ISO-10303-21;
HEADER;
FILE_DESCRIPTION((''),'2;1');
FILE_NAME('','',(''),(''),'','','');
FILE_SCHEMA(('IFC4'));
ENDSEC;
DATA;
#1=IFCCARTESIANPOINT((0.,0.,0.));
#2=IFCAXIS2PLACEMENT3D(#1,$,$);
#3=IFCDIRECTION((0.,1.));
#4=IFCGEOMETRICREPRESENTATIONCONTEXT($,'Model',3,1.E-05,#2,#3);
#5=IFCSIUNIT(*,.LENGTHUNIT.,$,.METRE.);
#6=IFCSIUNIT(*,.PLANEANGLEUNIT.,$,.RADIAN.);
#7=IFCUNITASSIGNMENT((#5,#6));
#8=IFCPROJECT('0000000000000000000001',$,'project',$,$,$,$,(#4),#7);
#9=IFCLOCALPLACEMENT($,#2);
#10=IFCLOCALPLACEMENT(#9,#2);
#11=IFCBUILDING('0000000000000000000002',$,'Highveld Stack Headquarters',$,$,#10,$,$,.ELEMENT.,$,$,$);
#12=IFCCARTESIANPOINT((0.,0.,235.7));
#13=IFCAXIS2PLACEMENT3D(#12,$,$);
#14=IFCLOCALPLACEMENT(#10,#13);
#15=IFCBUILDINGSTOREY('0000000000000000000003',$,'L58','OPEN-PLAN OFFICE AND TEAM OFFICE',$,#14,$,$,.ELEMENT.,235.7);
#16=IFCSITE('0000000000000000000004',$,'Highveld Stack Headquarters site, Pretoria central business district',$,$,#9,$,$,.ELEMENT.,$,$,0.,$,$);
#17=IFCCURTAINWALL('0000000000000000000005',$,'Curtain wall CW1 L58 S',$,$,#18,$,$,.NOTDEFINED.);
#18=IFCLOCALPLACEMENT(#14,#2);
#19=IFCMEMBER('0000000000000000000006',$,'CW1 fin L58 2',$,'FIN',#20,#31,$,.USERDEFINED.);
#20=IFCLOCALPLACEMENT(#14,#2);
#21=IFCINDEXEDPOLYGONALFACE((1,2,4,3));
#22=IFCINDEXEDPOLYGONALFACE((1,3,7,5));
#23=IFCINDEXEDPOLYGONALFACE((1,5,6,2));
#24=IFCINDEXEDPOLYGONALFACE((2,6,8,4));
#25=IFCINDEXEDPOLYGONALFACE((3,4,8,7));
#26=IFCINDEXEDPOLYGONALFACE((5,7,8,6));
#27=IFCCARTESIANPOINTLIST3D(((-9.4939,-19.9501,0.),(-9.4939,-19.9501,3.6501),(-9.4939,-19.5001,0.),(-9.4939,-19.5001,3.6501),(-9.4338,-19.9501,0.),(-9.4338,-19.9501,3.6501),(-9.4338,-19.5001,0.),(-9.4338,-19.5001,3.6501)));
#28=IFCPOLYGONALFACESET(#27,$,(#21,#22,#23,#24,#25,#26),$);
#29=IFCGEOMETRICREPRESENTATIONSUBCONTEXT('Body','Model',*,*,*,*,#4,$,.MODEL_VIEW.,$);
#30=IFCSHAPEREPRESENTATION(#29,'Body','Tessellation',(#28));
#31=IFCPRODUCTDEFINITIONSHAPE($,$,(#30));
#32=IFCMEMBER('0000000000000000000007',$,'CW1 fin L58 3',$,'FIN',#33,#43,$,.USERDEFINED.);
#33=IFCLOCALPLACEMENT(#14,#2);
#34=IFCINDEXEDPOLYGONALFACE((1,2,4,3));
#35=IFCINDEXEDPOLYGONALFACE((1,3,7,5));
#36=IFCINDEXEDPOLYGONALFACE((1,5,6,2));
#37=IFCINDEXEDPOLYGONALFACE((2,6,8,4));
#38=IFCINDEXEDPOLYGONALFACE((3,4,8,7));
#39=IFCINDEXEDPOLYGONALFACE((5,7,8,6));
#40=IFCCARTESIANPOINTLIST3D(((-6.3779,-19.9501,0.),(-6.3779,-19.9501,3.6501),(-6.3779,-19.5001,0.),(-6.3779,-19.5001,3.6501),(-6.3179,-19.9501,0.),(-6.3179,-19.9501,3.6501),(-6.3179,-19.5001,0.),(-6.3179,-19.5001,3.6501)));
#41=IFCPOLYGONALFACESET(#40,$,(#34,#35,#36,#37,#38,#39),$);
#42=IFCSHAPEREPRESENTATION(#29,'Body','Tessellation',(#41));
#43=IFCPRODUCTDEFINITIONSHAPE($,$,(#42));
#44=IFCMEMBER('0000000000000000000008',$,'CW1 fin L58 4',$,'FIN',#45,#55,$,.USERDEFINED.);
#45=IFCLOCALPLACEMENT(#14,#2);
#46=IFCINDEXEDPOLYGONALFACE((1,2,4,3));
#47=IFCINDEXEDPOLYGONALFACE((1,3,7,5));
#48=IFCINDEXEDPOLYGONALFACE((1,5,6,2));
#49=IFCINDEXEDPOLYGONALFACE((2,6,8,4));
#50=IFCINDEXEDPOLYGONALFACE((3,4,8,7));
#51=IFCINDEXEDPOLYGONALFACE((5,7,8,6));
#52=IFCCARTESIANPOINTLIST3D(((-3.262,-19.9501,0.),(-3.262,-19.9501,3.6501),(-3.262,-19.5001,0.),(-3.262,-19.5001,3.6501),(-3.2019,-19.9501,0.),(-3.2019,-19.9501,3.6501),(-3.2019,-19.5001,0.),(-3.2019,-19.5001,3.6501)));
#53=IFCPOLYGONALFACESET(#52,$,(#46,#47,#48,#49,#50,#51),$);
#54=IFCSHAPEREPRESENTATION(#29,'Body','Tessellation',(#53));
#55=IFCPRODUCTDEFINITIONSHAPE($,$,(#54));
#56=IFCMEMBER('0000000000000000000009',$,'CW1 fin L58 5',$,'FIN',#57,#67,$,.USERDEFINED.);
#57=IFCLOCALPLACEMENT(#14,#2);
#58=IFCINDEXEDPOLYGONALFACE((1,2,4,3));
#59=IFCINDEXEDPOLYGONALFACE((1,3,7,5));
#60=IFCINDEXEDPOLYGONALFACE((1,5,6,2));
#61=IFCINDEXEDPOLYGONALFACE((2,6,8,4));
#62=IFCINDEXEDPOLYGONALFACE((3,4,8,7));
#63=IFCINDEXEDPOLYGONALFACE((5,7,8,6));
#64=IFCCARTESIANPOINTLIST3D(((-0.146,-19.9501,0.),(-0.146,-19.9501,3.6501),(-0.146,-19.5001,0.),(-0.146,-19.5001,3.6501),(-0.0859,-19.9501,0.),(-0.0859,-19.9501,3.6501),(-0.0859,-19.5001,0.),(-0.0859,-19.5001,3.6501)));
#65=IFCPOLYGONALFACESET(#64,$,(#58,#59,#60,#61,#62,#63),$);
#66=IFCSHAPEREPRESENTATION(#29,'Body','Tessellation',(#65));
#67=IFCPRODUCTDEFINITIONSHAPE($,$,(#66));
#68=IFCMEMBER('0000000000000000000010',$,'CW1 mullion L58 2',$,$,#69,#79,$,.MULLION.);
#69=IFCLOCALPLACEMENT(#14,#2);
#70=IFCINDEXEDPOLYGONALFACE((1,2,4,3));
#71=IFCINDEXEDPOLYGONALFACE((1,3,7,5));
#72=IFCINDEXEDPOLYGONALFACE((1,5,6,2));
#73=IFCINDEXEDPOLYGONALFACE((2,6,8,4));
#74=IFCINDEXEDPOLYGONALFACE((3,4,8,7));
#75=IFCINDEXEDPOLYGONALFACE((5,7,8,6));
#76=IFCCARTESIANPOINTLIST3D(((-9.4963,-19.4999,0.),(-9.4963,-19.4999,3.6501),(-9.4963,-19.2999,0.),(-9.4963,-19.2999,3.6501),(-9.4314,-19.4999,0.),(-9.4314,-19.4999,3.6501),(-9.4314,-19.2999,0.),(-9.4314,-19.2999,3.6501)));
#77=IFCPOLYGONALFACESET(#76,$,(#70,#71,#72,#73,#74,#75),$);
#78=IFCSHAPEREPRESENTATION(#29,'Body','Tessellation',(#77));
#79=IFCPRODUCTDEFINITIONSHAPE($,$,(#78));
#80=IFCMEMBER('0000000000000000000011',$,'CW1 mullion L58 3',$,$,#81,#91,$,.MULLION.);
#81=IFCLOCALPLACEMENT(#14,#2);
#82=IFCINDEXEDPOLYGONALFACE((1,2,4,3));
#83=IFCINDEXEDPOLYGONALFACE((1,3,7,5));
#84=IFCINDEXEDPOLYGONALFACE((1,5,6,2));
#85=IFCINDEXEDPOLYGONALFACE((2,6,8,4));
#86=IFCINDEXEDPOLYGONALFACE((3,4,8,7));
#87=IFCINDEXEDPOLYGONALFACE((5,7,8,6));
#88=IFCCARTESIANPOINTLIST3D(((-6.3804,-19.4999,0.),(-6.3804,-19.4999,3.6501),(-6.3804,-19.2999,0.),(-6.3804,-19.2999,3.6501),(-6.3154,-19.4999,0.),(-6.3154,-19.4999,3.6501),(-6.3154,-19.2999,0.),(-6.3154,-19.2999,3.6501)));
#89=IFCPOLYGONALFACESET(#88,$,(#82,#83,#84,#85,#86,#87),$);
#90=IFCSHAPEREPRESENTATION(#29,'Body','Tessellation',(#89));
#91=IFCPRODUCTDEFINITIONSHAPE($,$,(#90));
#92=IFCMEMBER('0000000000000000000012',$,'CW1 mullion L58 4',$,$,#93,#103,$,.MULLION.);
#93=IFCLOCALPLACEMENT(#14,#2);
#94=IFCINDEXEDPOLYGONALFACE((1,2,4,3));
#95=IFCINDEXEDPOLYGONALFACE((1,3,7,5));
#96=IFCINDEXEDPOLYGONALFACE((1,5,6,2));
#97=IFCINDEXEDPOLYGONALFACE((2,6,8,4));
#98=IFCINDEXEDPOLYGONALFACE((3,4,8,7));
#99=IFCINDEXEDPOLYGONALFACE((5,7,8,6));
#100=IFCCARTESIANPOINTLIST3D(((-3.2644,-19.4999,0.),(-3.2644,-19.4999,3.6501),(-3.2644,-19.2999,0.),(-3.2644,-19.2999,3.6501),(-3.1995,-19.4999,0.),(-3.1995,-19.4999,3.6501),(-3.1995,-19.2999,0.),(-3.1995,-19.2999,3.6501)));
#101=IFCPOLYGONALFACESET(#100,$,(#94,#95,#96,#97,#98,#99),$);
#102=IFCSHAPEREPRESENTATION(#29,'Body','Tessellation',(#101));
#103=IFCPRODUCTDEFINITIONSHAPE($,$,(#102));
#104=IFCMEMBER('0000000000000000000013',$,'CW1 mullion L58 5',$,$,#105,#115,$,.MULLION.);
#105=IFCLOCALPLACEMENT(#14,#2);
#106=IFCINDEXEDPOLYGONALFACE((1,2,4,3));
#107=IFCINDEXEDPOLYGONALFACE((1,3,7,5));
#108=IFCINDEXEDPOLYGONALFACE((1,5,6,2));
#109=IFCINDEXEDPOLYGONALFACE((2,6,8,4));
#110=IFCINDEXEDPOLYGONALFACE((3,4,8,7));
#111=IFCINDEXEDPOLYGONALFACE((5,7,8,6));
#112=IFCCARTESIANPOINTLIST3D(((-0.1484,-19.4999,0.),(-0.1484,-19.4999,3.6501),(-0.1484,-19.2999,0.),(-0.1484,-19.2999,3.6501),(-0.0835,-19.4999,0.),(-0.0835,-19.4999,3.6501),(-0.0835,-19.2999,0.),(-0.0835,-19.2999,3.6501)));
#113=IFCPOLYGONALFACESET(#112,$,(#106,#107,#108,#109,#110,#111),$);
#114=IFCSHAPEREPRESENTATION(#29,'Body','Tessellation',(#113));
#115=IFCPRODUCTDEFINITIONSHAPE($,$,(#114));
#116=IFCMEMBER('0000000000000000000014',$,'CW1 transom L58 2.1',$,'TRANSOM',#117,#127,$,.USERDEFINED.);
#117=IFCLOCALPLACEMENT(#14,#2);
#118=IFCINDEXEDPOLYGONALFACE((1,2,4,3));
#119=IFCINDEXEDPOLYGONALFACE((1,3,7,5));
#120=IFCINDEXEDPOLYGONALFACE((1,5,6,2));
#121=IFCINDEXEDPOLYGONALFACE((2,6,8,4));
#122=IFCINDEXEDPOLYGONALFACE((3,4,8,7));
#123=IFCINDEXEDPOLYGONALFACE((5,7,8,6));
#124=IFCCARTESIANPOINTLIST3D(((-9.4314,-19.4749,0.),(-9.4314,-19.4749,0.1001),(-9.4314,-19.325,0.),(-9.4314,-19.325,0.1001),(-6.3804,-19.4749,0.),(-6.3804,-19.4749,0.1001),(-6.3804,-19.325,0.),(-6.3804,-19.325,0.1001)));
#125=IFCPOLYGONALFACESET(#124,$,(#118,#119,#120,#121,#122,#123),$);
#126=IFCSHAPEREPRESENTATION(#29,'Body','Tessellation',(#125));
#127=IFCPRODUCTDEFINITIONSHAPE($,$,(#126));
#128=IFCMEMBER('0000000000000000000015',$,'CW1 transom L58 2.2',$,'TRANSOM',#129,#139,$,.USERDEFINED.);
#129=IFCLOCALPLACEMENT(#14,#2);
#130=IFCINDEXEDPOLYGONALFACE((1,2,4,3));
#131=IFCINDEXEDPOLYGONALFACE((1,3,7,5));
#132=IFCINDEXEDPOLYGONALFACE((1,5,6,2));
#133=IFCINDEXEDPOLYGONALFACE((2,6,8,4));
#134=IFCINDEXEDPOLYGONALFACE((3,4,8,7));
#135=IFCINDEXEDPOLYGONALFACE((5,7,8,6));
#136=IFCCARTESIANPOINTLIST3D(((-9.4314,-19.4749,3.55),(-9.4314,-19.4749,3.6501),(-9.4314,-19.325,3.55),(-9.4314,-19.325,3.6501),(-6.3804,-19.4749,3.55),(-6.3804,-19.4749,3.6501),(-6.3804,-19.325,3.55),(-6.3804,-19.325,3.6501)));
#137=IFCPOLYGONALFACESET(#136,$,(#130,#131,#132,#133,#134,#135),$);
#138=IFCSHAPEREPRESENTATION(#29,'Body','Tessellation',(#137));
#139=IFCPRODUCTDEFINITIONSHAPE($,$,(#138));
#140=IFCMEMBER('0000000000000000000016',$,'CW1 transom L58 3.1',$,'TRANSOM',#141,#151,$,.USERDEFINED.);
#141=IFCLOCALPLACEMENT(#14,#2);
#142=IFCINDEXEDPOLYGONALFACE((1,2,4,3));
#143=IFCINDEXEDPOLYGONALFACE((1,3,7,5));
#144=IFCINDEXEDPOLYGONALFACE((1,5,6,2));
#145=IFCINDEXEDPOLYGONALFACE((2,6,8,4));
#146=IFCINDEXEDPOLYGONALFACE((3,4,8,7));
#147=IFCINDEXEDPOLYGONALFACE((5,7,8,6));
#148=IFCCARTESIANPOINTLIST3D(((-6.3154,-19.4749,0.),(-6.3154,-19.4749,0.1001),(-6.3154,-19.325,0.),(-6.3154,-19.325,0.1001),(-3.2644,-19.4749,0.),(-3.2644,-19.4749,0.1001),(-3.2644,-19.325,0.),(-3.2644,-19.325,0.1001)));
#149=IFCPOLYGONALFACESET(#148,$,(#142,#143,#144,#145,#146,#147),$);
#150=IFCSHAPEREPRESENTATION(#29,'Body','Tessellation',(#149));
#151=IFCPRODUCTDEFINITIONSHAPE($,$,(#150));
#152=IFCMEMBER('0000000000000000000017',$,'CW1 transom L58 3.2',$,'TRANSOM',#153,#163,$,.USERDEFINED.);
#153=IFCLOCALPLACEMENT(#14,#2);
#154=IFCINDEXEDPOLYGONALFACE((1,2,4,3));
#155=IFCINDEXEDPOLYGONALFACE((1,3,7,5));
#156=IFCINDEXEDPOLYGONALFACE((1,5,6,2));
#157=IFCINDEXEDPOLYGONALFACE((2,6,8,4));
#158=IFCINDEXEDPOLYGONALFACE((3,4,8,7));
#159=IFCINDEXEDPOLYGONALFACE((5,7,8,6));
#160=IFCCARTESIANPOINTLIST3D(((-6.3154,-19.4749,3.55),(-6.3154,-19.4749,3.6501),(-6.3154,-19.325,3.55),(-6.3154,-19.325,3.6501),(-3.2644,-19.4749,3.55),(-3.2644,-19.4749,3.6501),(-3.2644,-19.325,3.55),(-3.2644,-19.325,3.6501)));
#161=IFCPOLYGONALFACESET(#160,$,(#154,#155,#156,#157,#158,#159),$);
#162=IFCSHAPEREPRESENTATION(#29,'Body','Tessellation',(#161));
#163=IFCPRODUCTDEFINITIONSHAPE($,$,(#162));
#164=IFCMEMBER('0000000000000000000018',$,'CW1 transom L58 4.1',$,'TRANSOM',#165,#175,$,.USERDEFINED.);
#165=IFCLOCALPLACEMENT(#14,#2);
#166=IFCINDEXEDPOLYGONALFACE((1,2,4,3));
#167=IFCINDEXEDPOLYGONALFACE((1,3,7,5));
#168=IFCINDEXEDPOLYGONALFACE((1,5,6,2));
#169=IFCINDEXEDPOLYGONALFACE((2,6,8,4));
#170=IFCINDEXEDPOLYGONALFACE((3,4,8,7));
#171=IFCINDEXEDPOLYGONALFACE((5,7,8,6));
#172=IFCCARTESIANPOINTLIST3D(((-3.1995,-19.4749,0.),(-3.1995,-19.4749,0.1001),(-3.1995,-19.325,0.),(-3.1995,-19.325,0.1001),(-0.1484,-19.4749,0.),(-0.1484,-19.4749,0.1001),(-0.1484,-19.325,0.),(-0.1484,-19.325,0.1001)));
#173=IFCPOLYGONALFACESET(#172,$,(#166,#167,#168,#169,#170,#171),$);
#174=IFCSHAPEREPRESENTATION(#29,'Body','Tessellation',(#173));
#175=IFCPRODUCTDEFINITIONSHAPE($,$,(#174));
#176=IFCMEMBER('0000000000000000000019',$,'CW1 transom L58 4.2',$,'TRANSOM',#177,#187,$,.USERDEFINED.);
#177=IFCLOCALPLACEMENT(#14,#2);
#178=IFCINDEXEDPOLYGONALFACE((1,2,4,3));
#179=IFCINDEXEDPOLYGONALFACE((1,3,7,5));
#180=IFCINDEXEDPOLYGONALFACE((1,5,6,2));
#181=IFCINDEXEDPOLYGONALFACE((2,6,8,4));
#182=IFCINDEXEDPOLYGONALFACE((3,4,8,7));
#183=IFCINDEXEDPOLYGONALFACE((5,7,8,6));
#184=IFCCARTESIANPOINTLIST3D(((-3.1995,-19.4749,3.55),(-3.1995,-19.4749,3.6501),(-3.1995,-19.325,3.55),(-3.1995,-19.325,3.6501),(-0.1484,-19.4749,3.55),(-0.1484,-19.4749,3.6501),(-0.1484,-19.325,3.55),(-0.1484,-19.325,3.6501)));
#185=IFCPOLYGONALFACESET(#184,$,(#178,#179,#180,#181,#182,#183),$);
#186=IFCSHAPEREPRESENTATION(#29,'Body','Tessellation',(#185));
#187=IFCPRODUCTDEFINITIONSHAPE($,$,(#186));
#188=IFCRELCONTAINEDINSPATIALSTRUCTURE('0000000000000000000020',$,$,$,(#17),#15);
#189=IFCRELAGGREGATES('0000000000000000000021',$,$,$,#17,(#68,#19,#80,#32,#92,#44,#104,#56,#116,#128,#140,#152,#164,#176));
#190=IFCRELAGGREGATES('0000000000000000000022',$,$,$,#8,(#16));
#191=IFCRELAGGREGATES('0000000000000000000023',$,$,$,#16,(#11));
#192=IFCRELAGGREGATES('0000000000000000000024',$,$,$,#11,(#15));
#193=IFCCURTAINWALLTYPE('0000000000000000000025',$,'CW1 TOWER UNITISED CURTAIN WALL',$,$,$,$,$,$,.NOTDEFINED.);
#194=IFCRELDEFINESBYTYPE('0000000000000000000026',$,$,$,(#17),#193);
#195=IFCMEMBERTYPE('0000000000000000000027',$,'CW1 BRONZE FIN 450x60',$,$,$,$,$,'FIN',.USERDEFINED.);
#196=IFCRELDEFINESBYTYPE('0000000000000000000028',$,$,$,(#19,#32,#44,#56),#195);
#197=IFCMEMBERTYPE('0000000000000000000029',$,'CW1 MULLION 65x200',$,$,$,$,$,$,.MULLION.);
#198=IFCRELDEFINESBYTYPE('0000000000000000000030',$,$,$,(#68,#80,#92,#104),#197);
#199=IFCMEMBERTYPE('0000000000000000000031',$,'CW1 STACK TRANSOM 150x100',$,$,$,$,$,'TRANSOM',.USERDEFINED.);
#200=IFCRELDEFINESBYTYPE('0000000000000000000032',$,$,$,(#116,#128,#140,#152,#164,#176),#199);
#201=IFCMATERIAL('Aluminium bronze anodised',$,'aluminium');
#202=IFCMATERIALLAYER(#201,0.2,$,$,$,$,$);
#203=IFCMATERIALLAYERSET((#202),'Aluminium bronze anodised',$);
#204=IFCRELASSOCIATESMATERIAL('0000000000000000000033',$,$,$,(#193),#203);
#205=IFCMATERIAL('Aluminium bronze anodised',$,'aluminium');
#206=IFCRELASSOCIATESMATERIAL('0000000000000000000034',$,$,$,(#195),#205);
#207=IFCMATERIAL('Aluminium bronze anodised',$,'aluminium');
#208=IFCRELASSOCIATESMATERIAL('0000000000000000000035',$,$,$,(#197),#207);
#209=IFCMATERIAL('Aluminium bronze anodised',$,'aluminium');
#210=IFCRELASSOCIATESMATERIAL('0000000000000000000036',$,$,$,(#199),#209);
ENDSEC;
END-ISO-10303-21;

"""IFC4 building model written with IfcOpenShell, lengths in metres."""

from ifc_helpers import new_model, si_unit, direction, frame, origin, origin_2d, place, context, subcontext, project, spatial, rectangle, extrude, material, layer, layer_set, material_profile, profile_set, type_object, element, aggregate, save


model = new_model("IFC4")

# Units and contexts
model_context = context("Model", 3, precision=1e-05, world=origin(), true_north=direction((0.0, 1.0)))
body_context = subcontext(model_context, "Body", "Model", "MODEL_VIEW")
ifc_project = project(units=[si_unit("LENGTHUNIT", "METRE"), si_unit("PLANEANGLEUNIT", "RADIAN")], contexts=[model_context])

# Site, building, storey
site_placement = place(None, origin())
site = spatial("IfcSite", under=ifc_project, at=site_placement, Name="Highveld Stack Headquarters site, Pretoria central business district", CompositionType="ELEMENT", RefElevation=0.0)
building_placement = place(site_placement, origin())
building = spatial("IfcBuilding", under=site, at=building_placement, Name="Highveld Stack Headquarters", CompositionType="ELEMENT")
storey_placement = place(building_placement, frame((0.0, 0.0, 235.7)))
storey = spatial("IfcBuildingStorey", under=building, at=storey_placement, Name="L58", Description="OPEN-PLAN OFFICE AND TEAM OFFICE", CompositionType="ELEMENT", Elevation=235.7)

# Curtain wall, members
ifc_material_1 = material(Name="Aluminium bronze anodised", Category="aluminium")
ifc_layer_1 = layer(ifc_material_1, 0.2)
ifc_layer_set_1 = layer_set([ifc_layer_1], Name="Aluminium bronze anodised")
curtain_wall_type = type_object("IfcCurtainWallType", Name="CW1 TOWER UNITISED CURTAIN WALL", PredefinedType="NOTDEFINED", material=ifc_layer_set_1)
curtain_wall_placement = place(storey_placement, origin())
curtain_wall = element("IfcCurtainWall", 1, at=curtain_wall_placement, inside=storey, type_object=curtain_wall_type, Name="Curtain wall CW1 L58 S", PredefinedType="NOTDEFINED")
ifc_material_2 = material(Name="Aluminium bronze anodised", Category="aluminium")
ifc_material_profile_1 = material_profile(ifc_material_2, rectangle(XDim=0.45, YDim=0.0601, at=origin_2d()), Name="FIN 450x60")
ifc_profile_set_1 = profile_set([ifc_material_profile_1], Name="Aluminium bronze anodised")
member_type_1 = type_object("IfcMemberType", Name="CW1 BRONZE FIN 450x60", ElementType="FIN", PredefinedType="USERDEFINED", material=ifc_profile_set_1)
member_1_placement = place(storey_placement, frame((-9.4639, -19.7251, 0.0), z_axis=(0.0, 0.0, 1.0), x_axis=(0.0, 1.0, 0.0)))
member_1 = element("IfcMember", 2, at=member_1_placement, type_object=member_type_1, Name="CW1 fin L58 2", ObjectType="FIN", PredefinedType="USERDEFINED", context=body_context, shape_type="SweptSolid", body=[
    extrude(rectangle(XDim=0.45, YDim=0.0601, at=origin_2d()), origin(), (0.0, 0.0, 1.0), 3.6501),
])
member_2_placement = place(storey_placement, frame((-6.3479, -19.7251, 0.0), z_axis=(0.0, 0.0, 1.0), x_axis=(0.0, 1.0, 0.0)))
member_2 = element("IfcMember", 3, at=member_2_placement, type_object=member_type_1, Name="CW1 fin L58 3", ObjectType="FIN", PredefinedType="USERDEFINED", context=body_context, shape_type="SweptSolid", body=[
    extrude(rectangle(XDim=0.45, YDim=0.0601, at=origin_2d()), origin(), (0.0, 0.0, 1.0), 3.6501),
])
member_3_placement = place(storey_placement, frame((-3.2319, -19.7251, 0.0), z_axis=(0.0, 0.0, 1.0), x_axis=(0.0, 1.0, 0.0)))
member_3 = element("IfcMember", 4, at=member_3_placement, type_object=member_type_1, Name="CW1 fin L58 4", ObjectType="FIN", PredefinedType="USERDEFINED", context=body_context, shape_type="SweptSolid", body=[
    extrude(rectangle(XDim=0.45, YDim=0.0601, at=origin_2d()), origin(), (0.0, 0.0, 1.0), 3.6501),
])
member_4_placement = place(storey_placement, frame((-0.116, -19.7251, 0.0), z_axis=(0.0, 0.0, 1.0), x_axis=(0.0, 1.0, 0.0)))
member_4 = element("IfcMember", 5, at=member_4_placement, type_object=member_type_1, Name="CW1 fin L58 5", ObjectType="FIN", PredefinedType="USERDEFINED", context=body_context, shape_type="SweptSolid", body=[
    extrude(rectangle(XDim=0.45, YDim=0.0601, at=origin_2d()), origin(), (0.0, 0.0, 1.0), 3.6501),
])
ifc_material_3 = material(Name="Aluminium bronze anodised", Category="aluminium")
ifc_material_profile_2 = material_profile(ifc_material_3, rectangle(XDim=0.2, YDim=0.0649, at=origin_2d()), Name="CW1 MULLION 65x200")
ifc_profile_set_2 = profile_set([ifc_material_profile_2], Name="Aluminium bronze anodised")
member_type_2 = type_object("IfcMemberType", Name="CW1 MULLION 65x200", PredefinedType="MULLION", material=ifc_profile_set_2)
member_5_placement = place(storey_placement, frame((-9.4639, -19.3999, 0.0), z_axis=(0.0, 0.0, 1.0), x_axis=(0.0, 1.0, 0.0)))
member_5 = element("IfcMember", 6, at=member_5_placement, type_object=member_type_2, Name="CW1 mullion L58 2", PredefinedType="MULLION", context=body_context, shape_type="SweptSolid", body=[
    extrude(rectangle(XDim=0.2, YDim=0.0649, at=origin_2d()), origin(), (0.0, 0.0, 1.0), 3.6501),
])
member_6_placement = place(storey_placement, frame((-6.3479, -19.3999, 0.0), z_axis=(0.0, 0.0, 1.0), x_axis=(0.0, 1.0, 0.0)))
member_6 = element("IfcMember", 7, at=member_6_placement, type_object=member_type_2, Name="CW1 mullion L58 3", PredefinedType="MULLION", context=body_context, shape_type="SweptSolid", body=[
    extrude(rectangle(XDim=0.2, YDim=0.0649, at=origin_2d()), origin(), (0.0, 0.0, 1.0), 3.6501),
])
member_7_placement = place(storey_placement, frame((-3.2319, -19.3999, 0.0), z_axis=(0.0, 0.0, 1.0), x_axis=(0.0, 1.0, 0.0)))
member_7 = element("IfcMember", 8, at=member_7_placement, type_object=member_type_2, Name="CW1 mullion L58 4", PredefinedType="MULLION", context=body_context, shape_type="SweptSolid", body=[
    extrude(rectangle(XDim=0.2, YDim=0.0649, at=origin_2d()), origin(), (0.0, 0.0, 1.0), 3.6501),
])
member_8_placement = place(storey_placement, frame((-0.116, -19.3999, 0.0), z_axis=(0.0, 0.0, 1.0), x_axis=(0.0, 1.0, 0.0)))
member_8 = element("IfcMember", 9, at=member_8_placement, type_object=member_type_2, Name="CW1 mullion L58 5", PredefinedType="MULLION", context=body_context, shape_type="SweptSolid", body=[
    extrude(rectangle(XDim=0.2, YDim=0.0649, at=origin_2d()), origin(), (0.0, 0.0, 1.0), 3.6501),
])
ifc_material_4 = material(Name="Aluminium bronze anodised", Category="aluminium")
ifc_material_profile_3 = material_profile(ifc_material_4, rectangle(XDim=0.1499, YDim=0.1001, at=origin_2d()), Name="CW1 TRANSOM 150x100")
ifc_profile_set_3 = profile_set([ifc_material_profile_3], Name="Aluminium bronze anodised")
member_type_3 = type_object("IfcMemberType", Name="CW1 STACK TRANSOM 150x100", ElementType="TRANSOM", PredefinedType="USERDEFINED", material=ifc_profile_set_3)
member_9_placement = place(storey_placement, frame((-9.4314, -19.3999, 0.05), z_axis=(1.0, 0.0, 0.0), x_axis=(0.0, 1.0, 0.0)))
member_9 = element("IfcMember", 10, at=member_9_placement, type_object=member_type_3, Name="CW1 transom L58 2.1", ObjectType="TRANSOM", PredefinedType="USERDEFINED", context=body_context, shape_type="SweptSolid", body=[
    extrude(rectangle(XDim=0.1499, YDim=0.1001, at=origin_2d()), origin(), (0.0, 0.0, 1.0), 3.051),
])
member_10_placement = place(storey_placement, frame((-9.4314, -19.3999, 3.6001), z_axis=(1.0, 0.0, 0.0), x_axis=(0.0, 1.0, 0.0)))
member_10 = element("IfcMember", 11, at=member_10_placement, type_object=member_type_3, Name="CW1 transom L58 2.2", ObjectType="TRANSOM", PredefinedType="USERDEFINED", context=body_context, shape_type="SweptSolid", body=[
    extrude(rectangle(XDim=0.1499, YDim=0.1001, at=origin_2d()), origin(), (0.0, 0.0, 1.0), 3.051),
])
member_11_placement = place(storey_placement, frame((-6.3154, -19.3999, 0.05), z_axis=(1.0, 0.0, 0.0), x_axis=(0.0, 1.0, 0.0)))
member_11 = element("IfcMember", 12, at=member_11_placement, type_object=member_type_3, Name="CW1 transom L58 3.1", ObjectType="TRANSOM", PredefinedType="USERDEFINED", context=body_context, shape_type="SweptSolid", body=[
    extrude(rectangle(XDim=0.1499, YDim=0.1001, at=origin_2d()), origin(), (0.0, 0.0, 1.0), 3.051),
])
member_12_placement = place(storey_placement, frame((-6.3154, -19.3999, 3.6001), z_axis=(1.0, 0.0, 0.0), x_axis=(0.0, 1.0, 0.0)))
member_12 = element("IfcMember", 13, at=member_12_placement, type_object=member_type_3, Name="CW1 transom L58 3.2", ObjectType="TRANSOM", PredefinedType="USERDEFINED", context=body_context, shape_type="SweptSolid", body=[
    extrude(rectangle(XDim=0.1499, YDim=0.1001, at=origin_2d()), origin(), (0.0, 0.0, 1.0), 3.051),
])
member_13_placement = place(storey_placement, frame((-3.1995, -19.3999, 0.05), z_axis=(1.0, 0.0, 0.0), x_axis=(0.0, 1.0, 0.0)))
member_13 = element("IfcMember", 14, at=member_13_placement, type_object=member_type_3, Name="CW1 transom L58 4.1", ObjectType="TRANSOM", PredefinedType="USERDEFINED", context=body_context, shape_type="SweptSolid", body=[
    extrude(rectangle(XDim=0.1499, YDim=0.1001, at=origin_2d()), origin(), (0.0, 0.0, 1.0), 3.051),
])
member_14_placement = place(storey_placement, frame((-3.1995, -19.3999, 3.6001), z_axis=(1.0, 0.0, 0.0), x_axis=(0.0, 1.0, 0.0)))
member_14 = element("IfcMember", 15, at=member_14_placement, type_object=member_type_3, Name="CW1 transom L58 4.2", ObjectType="TRANSOM", PredefinedType="USERDEFINED", context=body_context, shape_type="SweptSolid", body=[
    extrude(rectangle(XDim=0.1499, YDim=0.1001, at=origin_2d()), origin(), (0.0, 0.0, 1.0), 3.051),
])

aggregate(curtain_wall, [member_5, member_1, member_6, member_2, member_7, member_3, member_8, member_4, member_9, member_10, member_11, member_12, member_13, member_14])

save(model, "model.ifc")
